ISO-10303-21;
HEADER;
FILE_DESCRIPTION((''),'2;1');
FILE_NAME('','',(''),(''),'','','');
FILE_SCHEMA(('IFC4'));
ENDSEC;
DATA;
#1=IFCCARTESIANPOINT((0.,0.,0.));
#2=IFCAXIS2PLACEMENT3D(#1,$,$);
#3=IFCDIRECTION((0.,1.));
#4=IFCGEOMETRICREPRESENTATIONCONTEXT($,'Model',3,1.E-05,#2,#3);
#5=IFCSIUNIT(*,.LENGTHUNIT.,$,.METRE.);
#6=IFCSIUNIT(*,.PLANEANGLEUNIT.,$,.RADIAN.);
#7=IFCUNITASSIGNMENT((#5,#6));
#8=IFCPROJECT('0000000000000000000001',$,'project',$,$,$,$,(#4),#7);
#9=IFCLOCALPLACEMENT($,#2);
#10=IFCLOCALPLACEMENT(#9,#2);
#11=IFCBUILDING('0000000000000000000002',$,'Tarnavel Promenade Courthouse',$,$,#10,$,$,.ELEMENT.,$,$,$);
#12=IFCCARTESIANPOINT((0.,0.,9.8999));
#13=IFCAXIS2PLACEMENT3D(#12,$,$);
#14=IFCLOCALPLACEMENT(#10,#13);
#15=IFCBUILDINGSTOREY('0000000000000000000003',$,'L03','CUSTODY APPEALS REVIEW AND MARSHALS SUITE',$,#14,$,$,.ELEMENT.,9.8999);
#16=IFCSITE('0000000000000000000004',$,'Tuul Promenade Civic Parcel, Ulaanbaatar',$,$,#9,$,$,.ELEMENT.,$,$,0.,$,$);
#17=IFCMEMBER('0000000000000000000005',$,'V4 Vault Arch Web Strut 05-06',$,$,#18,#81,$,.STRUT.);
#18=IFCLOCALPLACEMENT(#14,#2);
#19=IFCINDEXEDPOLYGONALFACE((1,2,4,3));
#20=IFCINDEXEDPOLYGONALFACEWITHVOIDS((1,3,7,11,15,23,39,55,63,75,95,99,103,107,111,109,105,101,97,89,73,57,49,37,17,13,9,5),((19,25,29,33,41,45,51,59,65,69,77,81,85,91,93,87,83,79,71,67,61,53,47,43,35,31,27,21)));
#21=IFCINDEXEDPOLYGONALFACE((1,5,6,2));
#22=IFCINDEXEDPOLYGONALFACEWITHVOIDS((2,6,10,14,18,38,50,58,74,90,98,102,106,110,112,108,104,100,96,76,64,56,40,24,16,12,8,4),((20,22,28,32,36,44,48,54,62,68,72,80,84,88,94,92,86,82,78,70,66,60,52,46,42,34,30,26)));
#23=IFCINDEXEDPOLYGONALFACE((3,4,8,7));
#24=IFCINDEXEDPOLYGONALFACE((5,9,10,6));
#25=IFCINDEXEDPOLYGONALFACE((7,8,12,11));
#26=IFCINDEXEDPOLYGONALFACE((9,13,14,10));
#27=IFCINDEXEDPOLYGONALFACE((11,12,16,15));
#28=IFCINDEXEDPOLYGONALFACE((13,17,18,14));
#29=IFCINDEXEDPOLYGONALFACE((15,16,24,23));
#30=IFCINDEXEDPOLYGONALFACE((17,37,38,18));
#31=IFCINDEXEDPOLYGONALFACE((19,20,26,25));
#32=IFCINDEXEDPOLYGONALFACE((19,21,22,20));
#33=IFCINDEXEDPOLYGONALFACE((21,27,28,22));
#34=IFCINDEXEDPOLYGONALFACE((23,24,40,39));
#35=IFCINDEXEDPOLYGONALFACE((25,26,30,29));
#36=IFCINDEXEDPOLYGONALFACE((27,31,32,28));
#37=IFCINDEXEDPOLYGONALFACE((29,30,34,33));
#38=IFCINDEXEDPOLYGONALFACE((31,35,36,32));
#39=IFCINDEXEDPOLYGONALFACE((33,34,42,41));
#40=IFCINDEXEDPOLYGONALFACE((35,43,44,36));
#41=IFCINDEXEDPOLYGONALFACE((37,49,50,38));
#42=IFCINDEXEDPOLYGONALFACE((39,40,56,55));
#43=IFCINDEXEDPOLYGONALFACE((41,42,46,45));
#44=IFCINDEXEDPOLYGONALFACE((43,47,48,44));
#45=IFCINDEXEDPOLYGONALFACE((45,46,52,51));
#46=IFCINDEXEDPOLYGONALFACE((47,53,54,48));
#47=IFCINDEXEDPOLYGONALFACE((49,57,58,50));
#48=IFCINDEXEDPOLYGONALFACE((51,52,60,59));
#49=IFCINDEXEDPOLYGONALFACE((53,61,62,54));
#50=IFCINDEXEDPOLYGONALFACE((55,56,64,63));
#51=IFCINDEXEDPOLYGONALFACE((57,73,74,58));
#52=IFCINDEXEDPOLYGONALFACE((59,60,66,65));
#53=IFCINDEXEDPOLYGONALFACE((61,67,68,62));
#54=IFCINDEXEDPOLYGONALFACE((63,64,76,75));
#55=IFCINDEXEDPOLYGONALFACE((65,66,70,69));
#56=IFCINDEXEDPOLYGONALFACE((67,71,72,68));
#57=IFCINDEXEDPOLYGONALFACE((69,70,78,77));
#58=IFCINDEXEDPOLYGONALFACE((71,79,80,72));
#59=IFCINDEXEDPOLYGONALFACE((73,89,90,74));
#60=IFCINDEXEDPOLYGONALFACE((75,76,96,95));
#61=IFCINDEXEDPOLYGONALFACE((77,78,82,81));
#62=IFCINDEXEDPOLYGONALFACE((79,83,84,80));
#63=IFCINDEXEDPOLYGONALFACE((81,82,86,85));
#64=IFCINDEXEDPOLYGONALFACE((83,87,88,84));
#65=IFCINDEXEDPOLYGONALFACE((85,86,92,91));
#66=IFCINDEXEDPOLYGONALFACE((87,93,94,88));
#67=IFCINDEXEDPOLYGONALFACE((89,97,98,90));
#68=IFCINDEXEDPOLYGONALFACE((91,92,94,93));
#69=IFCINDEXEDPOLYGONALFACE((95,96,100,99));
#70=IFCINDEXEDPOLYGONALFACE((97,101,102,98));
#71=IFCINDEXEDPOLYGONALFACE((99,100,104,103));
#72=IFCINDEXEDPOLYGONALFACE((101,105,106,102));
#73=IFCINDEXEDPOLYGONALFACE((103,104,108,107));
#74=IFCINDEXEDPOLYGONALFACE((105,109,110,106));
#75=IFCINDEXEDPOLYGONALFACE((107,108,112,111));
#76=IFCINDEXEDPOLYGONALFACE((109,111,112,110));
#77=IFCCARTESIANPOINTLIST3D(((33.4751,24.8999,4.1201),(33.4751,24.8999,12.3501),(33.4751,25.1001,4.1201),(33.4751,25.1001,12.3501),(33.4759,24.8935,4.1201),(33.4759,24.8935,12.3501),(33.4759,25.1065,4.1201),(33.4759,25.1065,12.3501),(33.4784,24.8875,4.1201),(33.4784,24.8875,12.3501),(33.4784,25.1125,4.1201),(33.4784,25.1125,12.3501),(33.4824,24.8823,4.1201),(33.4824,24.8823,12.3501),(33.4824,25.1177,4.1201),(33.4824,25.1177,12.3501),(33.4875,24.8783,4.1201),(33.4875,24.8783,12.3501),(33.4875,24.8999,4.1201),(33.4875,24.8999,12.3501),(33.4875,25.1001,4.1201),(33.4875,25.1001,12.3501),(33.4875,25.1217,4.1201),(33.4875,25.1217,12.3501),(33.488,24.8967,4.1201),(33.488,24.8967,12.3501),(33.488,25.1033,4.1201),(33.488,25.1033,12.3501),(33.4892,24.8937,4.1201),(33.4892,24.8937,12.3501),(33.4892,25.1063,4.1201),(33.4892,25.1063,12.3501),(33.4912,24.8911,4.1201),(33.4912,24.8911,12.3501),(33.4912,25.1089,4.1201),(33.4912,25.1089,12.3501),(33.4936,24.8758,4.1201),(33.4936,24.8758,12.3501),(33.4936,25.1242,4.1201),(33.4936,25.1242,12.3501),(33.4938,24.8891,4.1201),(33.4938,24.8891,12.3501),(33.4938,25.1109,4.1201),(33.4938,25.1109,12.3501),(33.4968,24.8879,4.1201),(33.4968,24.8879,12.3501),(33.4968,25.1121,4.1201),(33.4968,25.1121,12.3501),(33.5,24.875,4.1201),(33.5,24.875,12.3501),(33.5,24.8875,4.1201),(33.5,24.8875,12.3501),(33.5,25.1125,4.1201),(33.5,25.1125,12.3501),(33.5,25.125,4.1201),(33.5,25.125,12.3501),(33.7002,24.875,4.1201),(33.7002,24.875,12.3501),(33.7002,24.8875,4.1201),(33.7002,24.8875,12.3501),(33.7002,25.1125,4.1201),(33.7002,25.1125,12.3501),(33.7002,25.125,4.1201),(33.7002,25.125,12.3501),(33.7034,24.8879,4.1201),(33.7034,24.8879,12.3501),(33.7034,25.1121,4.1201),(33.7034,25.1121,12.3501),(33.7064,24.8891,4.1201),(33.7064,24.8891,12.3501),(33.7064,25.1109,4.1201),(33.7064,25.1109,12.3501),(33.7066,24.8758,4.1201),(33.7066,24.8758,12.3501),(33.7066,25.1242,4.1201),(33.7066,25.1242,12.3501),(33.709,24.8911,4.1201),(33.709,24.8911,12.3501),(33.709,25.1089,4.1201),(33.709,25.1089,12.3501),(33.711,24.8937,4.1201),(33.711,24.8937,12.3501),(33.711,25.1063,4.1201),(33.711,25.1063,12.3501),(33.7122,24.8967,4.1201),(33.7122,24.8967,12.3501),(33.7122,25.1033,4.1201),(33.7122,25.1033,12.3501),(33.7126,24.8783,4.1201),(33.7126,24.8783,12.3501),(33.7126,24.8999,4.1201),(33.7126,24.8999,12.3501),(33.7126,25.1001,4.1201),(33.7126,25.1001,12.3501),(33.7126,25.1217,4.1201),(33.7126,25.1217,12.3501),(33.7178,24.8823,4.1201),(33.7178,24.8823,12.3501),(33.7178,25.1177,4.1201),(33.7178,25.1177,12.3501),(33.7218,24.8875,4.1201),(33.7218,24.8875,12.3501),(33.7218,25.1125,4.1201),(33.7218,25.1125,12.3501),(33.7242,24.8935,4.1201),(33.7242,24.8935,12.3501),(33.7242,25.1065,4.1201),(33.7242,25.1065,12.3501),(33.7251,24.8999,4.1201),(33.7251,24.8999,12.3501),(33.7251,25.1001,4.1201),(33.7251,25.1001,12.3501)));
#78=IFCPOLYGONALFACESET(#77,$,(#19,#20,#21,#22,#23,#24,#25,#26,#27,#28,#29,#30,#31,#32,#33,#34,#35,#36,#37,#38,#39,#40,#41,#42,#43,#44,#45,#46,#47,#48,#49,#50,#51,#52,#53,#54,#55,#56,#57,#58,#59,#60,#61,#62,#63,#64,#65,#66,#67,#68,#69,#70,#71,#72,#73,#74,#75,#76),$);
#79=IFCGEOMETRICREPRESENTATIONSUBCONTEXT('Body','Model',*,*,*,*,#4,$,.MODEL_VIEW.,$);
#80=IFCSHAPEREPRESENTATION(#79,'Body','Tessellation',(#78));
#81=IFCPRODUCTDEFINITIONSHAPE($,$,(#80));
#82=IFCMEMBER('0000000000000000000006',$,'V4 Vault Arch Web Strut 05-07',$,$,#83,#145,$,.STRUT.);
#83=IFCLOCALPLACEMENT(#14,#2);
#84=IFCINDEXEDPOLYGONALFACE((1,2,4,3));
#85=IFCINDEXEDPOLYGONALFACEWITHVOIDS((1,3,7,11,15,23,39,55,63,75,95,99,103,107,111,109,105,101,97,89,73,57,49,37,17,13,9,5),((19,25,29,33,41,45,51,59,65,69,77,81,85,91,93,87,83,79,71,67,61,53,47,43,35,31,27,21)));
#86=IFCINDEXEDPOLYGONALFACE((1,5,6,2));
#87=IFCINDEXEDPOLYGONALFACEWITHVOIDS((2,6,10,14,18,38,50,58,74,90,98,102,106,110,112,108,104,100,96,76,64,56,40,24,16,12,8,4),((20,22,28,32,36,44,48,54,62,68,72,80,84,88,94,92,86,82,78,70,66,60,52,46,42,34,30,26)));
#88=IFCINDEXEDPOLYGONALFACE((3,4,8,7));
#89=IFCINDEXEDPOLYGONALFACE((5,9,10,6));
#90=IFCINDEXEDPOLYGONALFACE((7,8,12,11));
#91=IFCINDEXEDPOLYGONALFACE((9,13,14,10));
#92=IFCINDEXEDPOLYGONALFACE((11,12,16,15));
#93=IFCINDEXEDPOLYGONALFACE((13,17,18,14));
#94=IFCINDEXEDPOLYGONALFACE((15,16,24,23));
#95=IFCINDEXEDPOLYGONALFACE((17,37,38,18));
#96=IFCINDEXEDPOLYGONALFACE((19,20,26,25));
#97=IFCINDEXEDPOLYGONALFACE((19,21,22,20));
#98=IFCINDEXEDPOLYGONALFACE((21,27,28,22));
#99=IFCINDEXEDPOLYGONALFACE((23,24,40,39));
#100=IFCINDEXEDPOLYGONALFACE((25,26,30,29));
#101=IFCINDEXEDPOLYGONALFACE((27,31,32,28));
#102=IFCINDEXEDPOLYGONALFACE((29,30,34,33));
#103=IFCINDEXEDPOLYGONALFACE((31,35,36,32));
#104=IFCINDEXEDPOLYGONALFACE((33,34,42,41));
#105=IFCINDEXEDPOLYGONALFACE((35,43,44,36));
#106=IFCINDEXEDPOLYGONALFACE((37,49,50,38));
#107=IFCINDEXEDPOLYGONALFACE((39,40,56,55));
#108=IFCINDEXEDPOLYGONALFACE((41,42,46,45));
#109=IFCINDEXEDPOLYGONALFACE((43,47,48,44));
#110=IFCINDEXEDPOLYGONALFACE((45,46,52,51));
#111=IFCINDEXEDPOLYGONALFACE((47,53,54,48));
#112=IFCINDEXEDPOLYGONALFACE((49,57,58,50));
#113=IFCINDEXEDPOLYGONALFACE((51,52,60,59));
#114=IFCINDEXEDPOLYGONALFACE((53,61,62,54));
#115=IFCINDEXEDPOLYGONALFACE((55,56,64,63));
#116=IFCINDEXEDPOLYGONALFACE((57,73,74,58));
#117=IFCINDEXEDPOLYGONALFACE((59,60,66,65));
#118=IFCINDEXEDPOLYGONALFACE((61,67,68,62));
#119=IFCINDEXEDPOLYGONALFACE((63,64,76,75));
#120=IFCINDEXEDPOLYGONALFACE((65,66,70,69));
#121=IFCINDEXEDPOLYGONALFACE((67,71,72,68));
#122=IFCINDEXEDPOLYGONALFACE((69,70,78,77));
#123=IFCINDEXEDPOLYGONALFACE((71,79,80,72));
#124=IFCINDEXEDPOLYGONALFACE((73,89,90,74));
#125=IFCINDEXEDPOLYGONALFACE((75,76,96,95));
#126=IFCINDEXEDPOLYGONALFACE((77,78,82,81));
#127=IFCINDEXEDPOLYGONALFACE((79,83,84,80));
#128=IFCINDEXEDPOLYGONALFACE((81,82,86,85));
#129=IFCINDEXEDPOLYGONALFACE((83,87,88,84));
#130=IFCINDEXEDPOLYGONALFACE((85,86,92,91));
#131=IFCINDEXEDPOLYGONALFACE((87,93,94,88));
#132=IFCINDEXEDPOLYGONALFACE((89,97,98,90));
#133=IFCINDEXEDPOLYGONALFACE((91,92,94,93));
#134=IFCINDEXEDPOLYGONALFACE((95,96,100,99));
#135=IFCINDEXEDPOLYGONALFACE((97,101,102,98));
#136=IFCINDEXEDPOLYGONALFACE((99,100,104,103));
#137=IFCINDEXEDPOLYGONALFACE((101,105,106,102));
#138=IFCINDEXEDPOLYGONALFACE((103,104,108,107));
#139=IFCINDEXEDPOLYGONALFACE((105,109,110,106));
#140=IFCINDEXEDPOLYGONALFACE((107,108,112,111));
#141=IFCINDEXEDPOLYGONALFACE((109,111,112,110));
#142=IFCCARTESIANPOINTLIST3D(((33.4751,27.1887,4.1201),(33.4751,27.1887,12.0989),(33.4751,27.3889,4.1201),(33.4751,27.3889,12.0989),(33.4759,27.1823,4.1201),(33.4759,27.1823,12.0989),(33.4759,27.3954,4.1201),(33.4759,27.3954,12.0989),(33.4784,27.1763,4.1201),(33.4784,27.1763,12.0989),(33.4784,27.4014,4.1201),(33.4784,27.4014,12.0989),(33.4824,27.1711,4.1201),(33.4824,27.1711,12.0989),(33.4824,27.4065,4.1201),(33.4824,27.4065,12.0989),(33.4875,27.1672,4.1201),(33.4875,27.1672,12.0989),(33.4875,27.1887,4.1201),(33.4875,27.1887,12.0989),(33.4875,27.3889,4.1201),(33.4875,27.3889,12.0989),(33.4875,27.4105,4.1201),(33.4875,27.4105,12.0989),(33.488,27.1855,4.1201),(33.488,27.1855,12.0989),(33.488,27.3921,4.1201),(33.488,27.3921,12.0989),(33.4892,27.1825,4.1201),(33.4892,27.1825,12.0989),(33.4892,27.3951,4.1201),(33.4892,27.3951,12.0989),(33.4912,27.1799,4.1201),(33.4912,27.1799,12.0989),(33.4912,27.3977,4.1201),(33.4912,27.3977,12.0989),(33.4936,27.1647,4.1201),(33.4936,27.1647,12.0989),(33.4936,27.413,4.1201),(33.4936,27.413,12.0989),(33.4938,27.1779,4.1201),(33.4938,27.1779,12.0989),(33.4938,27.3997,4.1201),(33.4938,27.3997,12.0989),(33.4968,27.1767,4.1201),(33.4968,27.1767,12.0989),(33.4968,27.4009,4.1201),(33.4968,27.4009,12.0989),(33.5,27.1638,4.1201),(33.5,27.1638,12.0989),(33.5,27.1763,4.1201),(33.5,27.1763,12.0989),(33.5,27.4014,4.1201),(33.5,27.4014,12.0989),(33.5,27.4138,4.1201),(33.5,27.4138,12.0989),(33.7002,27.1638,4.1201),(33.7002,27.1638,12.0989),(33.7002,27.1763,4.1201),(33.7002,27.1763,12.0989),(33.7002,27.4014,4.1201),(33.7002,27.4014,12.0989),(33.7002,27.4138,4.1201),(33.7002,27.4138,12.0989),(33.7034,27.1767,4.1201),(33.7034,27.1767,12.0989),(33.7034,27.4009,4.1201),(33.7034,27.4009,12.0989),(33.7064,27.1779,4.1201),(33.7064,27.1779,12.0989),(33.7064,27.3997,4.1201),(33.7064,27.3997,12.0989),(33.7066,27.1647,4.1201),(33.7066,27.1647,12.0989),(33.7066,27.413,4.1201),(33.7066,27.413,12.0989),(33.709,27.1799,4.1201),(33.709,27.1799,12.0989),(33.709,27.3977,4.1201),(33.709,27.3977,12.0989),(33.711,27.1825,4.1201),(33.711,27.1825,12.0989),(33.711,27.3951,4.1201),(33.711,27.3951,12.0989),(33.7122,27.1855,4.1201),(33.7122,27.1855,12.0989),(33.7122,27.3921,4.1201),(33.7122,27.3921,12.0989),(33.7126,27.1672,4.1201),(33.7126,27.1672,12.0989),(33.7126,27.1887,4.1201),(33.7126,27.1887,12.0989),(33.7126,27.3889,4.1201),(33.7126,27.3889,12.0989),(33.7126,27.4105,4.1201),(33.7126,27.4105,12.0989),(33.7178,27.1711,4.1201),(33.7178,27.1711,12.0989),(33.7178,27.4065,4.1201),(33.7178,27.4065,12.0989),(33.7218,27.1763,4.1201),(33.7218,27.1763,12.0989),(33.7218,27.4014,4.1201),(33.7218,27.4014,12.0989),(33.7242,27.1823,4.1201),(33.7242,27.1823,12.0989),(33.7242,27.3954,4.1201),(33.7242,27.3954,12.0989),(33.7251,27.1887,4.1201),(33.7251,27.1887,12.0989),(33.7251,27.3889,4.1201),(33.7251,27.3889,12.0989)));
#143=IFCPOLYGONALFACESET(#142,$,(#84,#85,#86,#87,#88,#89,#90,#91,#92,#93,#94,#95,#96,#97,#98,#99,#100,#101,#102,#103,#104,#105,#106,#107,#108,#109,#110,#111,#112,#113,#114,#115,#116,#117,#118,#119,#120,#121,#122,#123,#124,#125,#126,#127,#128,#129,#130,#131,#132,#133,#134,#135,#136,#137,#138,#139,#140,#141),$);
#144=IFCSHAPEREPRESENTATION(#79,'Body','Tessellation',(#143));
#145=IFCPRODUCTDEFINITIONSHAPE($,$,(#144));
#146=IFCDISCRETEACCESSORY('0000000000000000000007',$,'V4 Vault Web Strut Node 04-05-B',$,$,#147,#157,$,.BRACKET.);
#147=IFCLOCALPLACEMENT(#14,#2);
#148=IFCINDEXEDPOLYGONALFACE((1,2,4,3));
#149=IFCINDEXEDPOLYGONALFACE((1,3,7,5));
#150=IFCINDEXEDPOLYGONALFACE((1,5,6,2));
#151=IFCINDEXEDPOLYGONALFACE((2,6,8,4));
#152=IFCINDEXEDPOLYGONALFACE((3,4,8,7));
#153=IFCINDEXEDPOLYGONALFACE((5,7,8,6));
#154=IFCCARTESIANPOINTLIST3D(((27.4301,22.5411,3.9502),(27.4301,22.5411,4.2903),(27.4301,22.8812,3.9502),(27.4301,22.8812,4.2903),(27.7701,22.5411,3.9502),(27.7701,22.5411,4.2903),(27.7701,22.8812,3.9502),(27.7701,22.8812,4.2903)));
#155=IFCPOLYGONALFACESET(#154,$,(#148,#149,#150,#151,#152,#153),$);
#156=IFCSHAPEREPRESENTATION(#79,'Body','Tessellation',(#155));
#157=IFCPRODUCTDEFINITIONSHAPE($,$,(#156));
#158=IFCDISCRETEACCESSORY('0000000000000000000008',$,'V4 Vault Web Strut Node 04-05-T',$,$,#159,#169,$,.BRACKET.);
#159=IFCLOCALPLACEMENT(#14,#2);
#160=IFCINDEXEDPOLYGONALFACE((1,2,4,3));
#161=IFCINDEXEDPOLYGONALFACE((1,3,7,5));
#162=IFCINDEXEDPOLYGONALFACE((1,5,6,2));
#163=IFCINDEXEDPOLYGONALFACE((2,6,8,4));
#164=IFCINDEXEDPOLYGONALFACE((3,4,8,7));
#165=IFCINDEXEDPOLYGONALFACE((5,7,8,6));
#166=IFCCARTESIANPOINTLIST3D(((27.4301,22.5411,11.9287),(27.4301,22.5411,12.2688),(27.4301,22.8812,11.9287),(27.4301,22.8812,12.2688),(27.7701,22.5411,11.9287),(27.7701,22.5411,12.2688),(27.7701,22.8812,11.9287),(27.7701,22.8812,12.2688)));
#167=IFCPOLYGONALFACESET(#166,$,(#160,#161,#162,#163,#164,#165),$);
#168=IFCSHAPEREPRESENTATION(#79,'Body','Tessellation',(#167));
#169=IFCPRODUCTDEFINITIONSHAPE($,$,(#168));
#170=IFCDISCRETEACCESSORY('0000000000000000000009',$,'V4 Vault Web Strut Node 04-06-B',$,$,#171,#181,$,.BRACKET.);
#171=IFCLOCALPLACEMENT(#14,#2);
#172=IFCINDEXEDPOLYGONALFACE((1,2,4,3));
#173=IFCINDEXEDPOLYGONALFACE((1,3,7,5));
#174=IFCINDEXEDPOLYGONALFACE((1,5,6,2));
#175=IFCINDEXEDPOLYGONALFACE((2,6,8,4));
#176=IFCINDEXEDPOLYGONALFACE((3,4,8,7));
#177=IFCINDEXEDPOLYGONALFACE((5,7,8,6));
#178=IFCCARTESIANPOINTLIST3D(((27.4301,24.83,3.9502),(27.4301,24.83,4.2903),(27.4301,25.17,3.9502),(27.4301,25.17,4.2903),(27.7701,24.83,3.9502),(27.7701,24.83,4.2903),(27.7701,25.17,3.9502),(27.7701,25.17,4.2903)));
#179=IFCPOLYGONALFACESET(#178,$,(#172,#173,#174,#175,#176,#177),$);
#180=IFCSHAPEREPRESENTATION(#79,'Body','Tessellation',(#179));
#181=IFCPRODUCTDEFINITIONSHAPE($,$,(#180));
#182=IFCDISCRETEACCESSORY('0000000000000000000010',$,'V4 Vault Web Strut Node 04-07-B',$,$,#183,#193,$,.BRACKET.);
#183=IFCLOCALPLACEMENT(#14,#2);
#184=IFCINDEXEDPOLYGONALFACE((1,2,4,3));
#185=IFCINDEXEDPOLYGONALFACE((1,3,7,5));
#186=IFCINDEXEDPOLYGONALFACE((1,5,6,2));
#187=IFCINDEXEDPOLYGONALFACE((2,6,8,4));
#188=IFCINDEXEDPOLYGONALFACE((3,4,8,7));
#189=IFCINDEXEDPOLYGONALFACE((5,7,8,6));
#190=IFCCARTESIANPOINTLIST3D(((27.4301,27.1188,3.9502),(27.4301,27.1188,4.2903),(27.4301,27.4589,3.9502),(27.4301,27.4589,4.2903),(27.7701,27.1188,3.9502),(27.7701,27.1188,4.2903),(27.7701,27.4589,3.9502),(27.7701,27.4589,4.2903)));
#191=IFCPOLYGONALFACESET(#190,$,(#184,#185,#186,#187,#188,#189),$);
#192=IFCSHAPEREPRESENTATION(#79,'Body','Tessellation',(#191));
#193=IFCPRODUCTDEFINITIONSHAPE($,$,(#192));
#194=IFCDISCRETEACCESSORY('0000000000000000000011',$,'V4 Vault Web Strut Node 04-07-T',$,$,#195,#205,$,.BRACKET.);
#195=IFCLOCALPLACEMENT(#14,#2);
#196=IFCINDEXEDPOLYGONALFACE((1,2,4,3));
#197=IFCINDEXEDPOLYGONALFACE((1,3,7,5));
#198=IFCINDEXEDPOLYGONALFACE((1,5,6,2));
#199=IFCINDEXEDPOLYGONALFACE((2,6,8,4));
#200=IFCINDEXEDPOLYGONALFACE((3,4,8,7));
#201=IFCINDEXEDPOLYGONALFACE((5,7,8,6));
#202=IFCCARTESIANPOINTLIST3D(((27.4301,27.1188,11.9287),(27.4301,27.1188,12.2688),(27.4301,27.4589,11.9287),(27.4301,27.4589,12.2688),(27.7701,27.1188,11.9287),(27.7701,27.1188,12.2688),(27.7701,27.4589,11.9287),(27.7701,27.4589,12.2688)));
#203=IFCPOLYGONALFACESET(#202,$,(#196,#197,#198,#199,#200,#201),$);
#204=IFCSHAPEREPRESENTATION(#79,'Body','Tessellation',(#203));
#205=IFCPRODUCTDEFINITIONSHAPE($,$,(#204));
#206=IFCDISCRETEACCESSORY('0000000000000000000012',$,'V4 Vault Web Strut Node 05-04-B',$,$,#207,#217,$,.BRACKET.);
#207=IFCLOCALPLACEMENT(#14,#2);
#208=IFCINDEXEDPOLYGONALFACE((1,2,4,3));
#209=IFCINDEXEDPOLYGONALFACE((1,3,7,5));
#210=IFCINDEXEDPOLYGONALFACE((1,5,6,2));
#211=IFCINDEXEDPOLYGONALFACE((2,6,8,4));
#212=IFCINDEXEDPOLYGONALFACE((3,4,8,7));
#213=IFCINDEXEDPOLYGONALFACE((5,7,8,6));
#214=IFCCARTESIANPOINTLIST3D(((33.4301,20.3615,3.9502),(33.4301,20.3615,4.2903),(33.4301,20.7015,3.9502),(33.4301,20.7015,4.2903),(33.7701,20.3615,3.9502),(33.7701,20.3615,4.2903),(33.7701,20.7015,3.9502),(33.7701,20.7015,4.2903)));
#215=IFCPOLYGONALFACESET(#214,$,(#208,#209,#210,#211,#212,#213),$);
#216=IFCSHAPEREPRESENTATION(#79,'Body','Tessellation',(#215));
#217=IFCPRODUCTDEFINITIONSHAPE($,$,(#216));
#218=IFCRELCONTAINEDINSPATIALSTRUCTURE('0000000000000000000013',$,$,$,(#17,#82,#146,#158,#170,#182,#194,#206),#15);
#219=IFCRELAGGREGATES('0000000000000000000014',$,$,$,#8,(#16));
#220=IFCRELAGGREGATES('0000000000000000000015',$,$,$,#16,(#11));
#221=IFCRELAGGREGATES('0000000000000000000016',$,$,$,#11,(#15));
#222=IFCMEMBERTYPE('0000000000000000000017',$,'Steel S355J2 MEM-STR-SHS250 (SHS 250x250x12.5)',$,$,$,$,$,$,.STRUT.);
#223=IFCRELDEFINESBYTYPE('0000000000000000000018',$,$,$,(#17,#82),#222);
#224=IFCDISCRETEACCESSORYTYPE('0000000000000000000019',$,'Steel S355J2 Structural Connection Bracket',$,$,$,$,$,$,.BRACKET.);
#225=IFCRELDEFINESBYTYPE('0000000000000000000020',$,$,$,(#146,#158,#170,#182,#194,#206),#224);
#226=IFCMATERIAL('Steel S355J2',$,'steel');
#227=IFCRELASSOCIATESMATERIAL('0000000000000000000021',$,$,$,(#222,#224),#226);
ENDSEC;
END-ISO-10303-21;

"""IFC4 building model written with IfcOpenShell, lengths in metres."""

from ifc_helpers import new_model, si_unit, direction, frame, origin, origin_2d, place, context, subcontext, project, spatial, rectangle, hollow_rectangle, extrude, material, material_profile, profile_set, type_object, element, save


model = new_model("IFC4")

# Units and contexts
model_context = context("Model", 3, precision=1e-05, world=origin(), true_north=direction((0.0, 1.0)))
body_context = subcontext(model_context, "Body", "Model", "MODEL_VIEW")
ifc_project = project(units=[si_unit("LENGTHUNIT", "METRE"), si_unit("PLANEANGLEUNIT", "RADIAN")], contexts=[model_context])

# Site, building, storey
site_placement = place(None, origin())
site = spatial("IfcSite", under=ifc_project, at=site_placement, Name="Tuul Promenade Civic Parcel, Ulaanbaatar", CompositionType="ELEMENT", RefElevation=0.0)
building_placement = place(site_placement, origin())
building = spatial("IfcBuilding", under=site, at=building_placement, Name="Tarnavel Promenade Courthouse", CompositionType="ELEMENT")
storey_placement = place(building_placement, frame((0.0, 0.0, 9.8999)))
storey = spatial("IfcBuildingStorey", under=building, at=storey_placement, Name="L03", Description="CUSTODY APPEALS REVIEW AND MARSHALS SUITE", CompositionType="ELEMENT", Elevation=9.8999)

# Shared definitions
ifc_material = material(Name="Steel S355J2", Category="steel")

# Members
ifc_material_profile_1 = material_profile(ifc_material, hollow_rectangle(XDim=0.25, YDim=0.25, WallThickness=0.0125, InnerFilletRadius=0.0125, OuterFilletRadius=0.0249, at=origin_2d()), Name="SHS 250x250x12.5")
ifc_profile_set_1 = profile_set([ifc_material_profile_1], Name="Steel S355J2")
member_type = type_object("IfcMemberType", Name="Steel S355J2 MEM-STR-SHS250 (SHS 250x250x12.5)", PredefinedType="STRUT", material=ifc_profile_set_1)
member_1_placement = place(storey_placement, frame((33.6001, 25.0, 4.1201), z_axis=(0.0, 0.0, 1.0), x_axis=(1.0, 0.0, 0.0)))
element("IfcMember", 1, at=member_1_placement, inside=storey, type_object=member_type, Name="V4 Vault Arch Web Strut 05-06", PredefinedType="STRUT", context=body_context, shape_type="SweptSolid", body=[
    extrude(hollow_rectangle(XDim=0.25, YDim=0.25, WallThickness=0.0125, InnerFilletRadius=0.0125, OuterFilletRadius=0.0249, at=origin_2d()), origin(), (0.0, 0.0, 1.0), 8.23),
])
member_2_placement = place(storey_placement, frame((33.6001, 27.2888, 4.1201), z_axis=(0.0, 0.0, 1.0), x_axis=(1.0, 0.0, 0.0)))
element("IfcMember", 2, at=member_2_placement, inside=storey, type_object=member_type, Name="V4 Vault Arch Web Strut 05-07", PredefinedType="STRUT", context=body_context, shape_type="SweptSolid", body=[
    extrude(hollow_rectangle(XDim=0.25, YDim=0.25, WallThickness=0.0125, InnerFilletRadius=0.0125, OuterFilletRadius=0.0249, at=origin_2d()), origin(), (0.0, 0.0, 1.0), 7.9788),
])

# Discrete accessories
discrete_accessory_type = type_object("IfcDiscreteAccessoryType", Name="Steel S355J2 Structural Connection Bracket", PredefinedType="BRACKET", material=ifc_material)
for number, where, z_axis, x_axis, name in (
    (3, (27.6001, 22.7112, 3.9502), (0.0, 0.0, 1.0), (1.0, 0.0, 0.0), "V4 Vault Web Strut Node 04-05-B"),
    (4, (27.6001, 22.7112, 11.9287), (0.0, 0.0, 1.0), (1.0, 0.0, 0.0), "V4 Vault Web Strut Node 04-05-T"),
    (5, (27.6001, 25.0, 3.9502), (0.0, 0.0, 1.0), (1.0, 0.0, 0.0), "V4 Vault Web Strut Node 04-06-B"),
    (6, (27.6001, 27.2888, 3.9502), (0.0, 0.0, 1.0), (1.0, 0.0, 0.0), "V4 Vault Web Strut Node 04-07-B"),
    (7, (27.6001, 27.2888, 11.9287), (0.0, 0.0, 1.0), (1.0, 0.0, 0.0), "V4 Vault Web Strut Node 04-07-T"),
    (8, (33.6001, 20.5315, 3.9502), (0.0, 0.0, 1.0), (1.0, 0.0, 0.0), "V4 Vault Web Strut Node 05-04-B"),
):
    element("IfcDiscreteAccessory", number, at=place(storey_placement, frame(where, z_axis=z_axis, x_axis=x_axis)), inside=storey, type_object=discrete_accessory_type, Name=name, PredefinedType="BRACKET", context=body_context, shape_type="SweptSolid", body=[
        extrude(rectangle(XDim=0.3401, YDim=0.3401, at=origin_2d()), origin(), (0.0, 0.0, 1.0), 0.3401),
    ])

save(model, "model.ifc")
